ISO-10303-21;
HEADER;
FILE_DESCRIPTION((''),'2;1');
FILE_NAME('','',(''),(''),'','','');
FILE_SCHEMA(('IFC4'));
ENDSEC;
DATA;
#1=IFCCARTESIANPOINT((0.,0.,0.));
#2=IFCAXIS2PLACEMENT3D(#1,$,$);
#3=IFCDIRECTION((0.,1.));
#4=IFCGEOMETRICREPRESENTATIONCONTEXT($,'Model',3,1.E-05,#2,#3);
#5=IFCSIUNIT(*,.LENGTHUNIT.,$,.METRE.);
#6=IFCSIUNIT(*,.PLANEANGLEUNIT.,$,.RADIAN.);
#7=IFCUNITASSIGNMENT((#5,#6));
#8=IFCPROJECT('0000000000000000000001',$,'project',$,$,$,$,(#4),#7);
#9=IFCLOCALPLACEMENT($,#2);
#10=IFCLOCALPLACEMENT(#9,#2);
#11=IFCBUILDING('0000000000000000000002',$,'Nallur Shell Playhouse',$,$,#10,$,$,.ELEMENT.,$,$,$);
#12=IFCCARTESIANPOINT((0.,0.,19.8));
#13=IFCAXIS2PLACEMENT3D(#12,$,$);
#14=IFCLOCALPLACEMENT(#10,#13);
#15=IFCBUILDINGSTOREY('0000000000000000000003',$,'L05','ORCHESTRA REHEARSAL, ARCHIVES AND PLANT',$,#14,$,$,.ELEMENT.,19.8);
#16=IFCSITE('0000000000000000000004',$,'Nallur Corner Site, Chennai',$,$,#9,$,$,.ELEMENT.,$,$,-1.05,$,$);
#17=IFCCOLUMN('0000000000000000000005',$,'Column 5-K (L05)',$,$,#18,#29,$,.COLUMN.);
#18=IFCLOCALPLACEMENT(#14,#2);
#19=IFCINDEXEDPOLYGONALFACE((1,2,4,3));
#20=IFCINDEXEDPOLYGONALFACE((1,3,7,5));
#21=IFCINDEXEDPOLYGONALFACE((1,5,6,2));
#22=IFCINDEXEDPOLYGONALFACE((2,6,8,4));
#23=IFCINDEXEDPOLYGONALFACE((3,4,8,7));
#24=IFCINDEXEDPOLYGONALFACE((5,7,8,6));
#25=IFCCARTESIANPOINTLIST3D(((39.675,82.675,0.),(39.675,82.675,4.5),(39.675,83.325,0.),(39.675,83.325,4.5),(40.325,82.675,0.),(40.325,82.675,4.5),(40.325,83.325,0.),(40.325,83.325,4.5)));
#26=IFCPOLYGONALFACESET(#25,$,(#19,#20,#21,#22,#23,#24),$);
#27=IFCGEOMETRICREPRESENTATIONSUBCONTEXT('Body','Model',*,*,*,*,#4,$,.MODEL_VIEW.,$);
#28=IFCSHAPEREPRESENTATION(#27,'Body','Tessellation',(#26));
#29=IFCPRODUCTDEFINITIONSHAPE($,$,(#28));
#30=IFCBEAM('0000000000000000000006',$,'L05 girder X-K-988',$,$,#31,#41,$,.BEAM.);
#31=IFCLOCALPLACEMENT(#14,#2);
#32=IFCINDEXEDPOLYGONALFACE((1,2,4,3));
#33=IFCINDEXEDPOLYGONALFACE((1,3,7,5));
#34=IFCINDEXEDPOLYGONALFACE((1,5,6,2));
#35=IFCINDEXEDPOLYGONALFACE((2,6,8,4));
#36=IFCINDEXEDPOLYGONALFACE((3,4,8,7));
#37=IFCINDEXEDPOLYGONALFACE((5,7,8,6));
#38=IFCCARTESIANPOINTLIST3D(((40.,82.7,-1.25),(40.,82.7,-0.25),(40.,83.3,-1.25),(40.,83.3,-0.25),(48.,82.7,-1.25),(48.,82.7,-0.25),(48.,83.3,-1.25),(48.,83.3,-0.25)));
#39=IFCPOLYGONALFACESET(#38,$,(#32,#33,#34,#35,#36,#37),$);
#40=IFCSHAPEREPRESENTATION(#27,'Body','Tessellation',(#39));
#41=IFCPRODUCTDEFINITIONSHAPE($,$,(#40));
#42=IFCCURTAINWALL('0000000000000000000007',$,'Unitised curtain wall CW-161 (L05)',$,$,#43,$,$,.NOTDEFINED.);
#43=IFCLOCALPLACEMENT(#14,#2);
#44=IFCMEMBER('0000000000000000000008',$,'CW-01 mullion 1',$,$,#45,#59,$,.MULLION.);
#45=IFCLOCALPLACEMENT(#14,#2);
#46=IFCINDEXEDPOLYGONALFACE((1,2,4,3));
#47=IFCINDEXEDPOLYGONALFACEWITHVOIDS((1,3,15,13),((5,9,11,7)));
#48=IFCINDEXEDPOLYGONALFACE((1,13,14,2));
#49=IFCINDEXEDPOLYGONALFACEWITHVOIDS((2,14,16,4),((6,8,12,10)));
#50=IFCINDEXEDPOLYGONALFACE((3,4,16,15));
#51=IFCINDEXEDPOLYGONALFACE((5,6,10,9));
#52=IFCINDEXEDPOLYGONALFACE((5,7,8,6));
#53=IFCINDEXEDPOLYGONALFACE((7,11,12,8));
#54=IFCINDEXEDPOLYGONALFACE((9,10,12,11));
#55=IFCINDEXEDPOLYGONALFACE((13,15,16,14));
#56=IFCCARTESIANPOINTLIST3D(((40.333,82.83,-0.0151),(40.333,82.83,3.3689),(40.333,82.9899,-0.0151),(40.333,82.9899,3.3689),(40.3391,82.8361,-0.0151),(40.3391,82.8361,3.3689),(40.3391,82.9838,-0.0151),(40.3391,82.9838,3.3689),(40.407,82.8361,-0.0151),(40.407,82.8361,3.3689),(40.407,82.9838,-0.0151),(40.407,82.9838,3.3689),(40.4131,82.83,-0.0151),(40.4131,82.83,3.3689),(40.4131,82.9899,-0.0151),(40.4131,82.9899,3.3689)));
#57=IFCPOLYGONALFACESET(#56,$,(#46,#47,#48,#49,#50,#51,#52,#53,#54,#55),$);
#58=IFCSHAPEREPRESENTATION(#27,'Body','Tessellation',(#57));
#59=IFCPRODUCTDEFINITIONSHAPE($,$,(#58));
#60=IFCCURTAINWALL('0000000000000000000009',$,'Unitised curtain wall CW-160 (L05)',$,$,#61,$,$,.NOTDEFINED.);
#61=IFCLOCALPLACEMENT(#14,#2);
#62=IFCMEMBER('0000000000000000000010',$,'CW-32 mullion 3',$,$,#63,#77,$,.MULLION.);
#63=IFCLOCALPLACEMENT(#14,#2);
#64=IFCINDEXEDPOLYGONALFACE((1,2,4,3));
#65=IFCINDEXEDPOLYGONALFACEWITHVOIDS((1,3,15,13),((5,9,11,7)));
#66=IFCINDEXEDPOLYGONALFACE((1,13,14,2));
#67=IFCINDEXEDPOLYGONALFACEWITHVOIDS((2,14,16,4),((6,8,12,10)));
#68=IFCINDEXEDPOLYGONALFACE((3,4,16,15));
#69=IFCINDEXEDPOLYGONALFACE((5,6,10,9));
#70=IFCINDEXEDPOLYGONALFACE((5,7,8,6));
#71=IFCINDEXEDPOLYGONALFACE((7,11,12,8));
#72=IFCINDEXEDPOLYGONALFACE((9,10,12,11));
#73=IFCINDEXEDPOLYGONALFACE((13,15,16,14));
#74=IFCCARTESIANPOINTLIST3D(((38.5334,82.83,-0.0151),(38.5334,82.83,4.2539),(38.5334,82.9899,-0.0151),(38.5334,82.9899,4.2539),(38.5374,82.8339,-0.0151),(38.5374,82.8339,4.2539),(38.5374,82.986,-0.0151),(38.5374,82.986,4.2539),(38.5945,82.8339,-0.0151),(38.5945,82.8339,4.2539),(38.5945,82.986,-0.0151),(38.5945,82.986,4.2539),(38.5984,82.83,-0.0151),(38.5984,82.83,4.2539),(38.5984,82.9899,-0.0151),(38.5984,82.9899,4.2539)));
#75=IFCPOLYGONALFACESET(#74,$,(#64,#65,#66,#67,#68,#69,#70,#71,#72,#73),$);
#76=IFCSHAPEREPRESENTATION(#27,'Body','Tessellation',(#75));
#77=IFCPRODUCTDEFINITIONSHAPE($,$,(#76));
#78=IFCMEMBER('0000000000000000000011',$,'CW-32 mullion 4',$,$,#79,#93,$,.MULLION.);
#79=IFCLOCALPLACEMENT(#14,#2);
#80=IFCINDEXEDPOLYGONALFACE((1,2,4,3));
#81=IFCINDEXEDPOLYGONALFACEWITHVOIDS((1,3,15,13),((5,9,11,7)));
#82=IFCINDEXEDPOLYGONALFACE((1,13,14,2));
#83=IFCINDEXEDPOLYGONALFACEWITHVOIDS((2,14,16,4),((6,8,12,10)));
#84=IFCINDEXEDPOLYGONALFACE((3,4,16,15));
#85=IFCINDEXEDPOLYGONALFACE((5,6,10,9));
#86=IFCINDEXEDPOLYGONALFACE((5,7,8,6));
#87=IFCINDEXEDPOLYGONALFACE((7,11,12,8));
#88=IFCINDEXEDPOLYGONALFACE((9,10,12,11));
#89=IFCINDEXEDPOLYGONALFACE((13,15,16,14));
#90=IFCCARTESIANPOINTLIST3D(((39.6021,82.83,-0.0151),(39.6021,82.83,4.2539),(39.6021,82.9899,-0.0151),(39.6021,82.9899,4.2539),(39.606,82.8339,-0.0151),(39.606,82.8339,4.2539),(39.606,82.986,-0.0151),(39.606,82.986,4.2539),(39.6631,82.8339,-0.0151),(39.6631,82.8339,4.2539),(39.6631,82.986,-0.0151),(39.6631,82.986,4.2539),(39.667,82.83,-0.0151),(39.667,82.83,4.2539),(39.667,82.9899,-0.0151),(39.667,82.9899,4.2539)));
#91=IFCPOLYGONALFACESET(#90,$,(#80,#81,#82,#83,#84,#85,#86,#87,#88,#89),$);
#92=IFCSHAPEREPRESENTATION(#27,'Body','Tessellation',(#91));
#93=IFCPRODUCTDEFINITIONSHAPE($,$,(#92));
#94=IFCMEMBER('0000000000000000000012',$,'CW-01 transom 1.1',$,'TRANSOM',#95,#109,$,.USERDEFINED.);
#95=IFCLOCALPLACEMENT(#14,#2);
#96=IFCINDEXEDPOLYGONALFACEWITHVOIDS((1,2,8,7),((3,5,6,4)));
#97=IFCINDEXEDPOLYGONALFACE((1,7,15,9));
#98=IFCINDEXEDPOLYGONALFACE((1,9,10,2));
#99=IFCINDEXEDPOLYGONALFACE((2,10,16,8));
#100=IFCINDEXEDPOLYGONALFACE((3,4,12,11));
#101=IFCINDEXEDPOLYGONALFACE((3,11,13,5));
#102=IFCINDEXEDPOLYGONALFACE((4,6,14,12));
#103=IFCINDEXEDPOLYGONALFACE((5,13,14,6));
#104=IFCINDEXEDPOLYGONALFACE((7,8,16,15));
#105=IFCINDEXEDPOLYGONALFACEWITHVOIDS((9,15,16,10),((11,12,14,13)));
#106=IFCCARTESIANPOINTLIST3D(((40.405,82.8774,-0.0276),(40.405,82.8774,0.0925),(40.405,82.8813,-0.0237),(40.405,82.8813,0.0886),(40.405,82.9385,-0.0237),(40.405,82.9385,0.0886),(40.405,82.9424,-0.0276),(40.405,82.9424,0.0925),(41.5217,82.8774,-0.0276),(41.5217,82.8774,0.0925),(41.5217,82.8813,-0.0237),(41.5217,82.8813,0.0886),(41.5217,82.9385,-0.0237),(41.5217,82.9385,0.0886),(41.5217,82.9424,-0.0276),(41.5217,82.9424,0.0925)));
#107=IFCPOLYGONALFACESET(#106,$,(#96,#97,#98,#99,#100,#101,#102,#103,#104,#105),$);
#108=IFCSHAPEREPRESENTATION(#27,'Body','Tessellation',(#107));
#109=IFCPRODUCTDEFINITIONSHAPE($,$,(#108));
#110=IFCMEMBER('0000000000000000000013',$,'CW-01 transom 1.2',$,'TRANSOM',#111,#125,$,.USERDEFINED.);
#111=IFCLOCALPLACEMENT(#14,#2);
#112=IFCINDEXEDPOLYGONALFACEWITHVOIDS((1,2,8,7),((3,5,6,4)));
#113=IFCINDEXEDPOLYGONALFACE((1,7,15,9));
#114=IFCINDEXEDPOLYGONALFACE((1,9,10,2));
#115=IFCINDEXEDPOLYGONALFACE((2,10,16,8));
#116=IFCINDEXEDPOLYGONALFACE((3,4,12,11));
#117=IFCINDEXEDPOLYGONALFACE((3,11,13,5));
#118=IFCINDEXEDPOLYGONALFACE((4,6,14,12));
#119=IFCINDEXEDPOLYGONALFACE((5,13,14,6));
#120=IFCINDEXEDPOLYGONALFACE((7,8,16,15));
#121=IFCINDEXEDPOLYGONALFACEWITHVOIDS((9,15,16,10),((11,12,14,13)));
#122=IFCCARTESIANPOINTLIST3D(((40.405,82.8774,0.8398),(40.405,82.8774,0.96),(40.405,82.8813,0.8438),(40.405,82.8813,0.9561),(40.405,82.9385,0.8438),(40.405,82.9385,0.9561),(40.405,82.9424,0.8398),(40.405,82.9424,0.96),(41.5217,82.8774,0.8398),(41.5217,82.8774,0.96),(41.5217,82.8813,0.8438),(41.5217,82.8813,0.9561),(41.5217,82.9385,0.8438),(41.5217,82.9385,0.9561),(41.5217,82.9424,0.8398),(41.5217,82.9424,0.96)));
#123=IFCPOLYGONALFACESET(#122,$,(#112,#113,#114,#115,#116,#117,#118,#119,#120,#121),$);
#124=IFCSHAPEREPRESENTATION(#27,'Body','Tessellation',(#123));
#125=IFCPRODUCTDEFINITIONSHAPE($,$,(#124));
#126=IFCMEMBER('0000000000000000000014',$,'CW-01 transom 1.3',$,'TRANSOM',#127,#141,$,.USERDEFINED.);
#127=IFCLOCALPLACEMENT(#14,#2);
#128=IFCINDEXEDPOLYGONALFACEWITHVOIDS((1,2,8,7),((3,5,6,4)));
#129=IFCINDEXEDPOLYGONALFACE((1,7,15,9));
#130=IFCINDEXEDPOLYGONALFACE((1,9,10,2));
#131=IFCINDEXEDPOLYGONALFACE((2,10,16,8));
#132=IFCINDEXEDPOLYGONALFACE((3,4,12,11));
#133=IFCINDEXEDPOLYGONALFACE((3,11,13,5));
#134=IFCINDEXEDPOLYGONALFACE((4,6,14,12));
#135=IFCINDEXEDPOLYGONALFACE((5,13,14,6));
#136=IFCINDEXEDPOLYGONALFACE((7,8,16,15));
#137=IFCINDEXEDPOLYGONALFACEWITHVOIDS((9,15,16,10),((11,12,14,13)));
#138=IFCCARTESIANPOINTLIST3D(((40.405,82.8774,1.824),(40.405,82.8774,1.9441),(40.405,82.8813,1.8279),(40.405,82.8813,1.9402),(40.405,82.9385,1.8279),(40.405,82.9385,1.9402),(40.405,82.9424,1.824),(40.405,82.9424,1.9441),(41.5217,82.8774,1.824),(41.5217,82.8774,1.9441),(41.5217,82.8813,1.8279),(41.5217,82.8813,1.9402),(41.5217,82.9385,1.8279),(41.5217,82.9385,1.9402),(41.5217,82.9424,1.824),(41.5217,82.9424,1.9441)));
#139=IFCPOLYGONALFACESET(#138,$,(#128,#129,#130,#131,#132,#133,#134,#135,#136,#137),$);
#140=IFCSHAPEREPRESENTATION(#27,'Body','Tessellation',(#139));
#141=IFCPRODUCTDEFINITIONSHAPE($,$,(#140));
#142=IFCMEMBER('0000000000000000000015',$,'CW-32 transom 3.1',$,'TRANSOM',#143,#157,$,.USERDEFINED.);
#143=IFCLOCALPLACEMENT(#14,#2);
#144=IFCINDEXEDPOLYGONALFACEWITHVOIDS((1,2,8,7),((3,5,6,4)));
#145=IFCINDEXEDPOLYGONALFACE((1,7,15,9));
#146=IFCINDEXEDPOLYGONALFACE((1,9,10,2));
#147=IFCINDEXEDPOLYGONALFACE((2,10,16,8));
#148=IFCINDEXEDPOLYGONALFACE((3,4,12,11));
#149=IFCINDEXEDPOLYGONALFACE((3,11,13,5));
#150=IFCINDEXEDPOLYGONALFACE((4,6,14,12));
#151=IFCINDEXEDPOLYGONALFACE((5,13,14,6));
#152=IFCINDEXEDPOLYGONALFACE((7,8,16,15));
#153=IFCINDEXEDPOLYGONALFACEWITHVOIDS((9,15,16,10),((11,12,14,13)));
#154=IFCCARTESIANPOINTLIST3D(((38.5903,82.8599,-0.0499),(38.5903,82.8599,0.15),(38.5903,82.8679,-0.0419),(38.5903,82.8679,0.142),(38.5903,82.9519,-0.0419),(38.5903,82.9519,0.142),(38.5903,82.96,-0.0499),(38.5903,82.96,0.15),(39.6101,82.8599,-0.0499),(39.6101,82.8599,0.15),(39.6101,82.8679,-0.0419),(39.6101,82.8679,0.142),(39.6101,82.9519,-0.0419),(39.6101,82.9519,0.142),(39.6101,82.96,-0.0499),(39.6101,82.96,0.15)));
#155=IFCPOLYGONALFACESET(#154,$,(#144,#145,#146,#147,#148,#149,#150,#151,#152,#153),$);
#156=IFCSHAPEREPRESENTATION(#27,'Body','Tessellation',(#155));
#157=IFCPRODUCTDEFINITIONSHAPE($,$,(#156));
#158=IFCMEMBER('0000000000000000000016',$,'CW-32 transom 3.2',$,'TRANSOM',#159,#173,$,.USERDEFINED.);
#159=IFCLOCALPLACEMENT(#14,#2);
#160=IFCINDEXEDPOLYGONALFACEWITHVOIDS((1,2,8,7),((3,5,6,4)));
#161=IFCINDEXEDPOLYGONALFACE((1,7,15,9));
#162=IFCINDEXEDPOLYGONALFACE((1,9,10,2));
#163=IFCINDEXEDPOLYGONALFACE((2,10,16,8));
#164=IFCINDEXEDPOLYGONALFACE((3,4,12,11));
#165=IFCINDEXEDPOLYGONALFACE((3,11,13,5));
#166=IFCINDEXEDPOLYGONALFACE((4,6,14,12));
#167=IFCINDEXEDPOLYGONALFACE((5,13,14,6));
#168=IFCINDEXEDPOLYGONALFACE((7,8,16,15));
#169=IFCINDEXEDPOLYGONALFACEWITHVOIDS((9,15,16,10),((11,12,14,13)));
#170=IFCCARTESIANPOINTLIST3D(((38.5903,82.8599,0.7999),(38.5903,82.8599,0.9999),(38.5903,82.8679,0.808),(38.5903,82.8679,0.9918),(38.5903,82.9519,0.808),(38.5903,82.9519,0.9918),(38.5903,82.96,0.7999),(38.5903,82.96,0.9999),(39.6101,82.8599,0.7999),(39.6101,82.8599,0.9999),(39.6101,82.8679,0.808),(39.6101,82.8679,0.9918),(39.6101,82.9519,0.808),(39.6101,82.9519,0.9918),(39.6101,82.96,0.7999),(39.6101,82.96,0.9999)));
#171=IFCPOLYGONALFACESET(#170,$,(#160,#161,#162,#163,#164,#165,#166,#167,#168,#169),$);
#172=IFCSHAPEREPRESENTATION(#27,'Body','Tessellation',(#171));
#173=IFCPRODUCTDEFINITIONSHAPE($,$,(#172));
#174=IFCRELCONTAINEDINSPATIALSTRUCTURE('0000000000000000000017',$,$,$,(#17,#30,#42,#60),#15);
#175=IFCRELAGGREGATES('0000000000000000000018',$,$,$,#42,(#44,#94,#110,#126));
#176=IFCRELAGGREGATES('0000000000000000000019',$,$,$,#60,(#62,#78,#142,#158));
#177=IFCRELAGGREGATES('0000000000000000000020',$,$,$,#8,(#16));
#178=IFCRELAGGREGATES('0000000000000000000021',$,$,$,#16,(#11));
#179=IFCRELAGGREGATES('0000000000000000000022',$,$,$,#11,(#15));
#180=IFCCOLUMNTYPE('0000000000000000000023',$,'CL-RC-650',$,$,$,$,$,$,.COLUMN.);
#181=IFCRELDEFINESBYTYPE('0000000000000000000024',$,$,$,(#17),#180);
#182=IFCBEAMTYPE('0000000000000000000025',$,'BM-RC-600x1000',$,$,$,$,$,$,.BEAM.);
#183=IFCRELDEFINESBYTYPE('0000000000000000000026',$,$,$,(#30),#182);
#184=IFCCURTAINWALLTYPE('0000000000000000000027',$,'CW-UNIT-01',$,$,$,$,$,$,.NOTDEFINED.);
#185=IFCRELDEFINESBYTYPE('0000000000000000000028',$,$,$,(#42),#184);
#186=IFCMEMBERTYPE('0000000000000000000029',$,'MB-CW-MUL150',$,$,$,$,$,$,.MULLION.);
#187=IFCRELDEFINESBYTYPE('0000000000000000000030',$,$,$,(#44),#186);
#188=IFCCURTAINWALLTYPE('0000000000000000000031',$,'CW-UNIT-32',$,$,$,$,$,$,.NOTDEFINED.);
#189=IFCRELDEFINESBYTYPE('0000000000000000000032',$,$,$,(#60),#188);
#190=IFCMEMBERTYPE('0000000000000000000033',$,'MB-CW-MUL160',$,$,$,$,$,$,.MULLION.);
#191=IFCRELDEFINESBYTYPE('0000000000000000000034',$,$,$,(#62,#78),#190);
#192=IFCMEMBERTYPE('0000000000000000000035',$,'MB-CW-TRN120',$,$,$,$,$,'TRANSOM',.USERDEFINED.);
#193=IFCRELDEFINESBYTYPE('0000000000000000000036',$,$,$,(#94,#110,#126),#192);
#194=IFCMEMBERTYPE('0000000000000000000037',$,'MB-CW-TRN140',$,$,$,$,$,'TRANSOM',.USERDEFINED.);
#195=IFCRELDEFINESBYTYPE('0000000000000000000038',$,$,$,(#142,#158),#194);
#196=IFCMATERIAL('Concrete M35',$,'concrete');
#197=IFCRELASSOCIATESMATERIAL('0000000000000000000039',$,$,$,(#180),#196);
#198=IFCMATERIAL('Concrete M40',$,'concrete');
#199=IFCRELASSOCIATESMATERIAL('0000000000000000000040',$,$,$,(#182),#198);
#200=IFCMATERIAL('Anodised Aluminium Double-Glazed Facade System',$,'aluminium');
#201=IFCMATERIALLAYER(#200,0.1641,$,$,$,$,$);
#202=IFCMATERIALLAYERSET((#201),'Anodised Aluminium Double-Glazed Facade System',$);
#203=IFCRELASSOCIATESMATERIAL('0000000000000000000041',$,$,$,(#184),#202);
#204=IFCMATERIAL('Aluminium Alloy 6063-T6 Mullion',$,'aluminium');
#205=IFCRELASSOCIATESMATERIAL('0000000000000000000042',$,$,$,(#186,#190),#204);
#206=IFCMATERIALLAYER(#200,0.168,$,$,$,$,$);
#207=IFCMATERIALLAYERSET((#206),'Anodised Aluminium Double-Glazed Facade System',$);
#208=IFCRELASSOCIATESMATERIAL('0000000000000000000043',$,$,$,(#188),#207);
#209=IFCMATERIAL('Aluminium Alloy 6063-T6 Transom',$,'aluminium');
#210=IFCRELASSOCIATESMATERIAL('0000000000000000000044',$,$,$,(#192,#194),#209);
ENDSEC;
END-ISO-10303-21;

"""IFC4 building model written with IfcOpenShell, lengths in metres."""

from ifc_helpers import new_model, si_unit, direction, frame, origin, origin_2d, place, context, subcontext, project, spatial, rectangle, hollow_rectangle, extrude, material, layer, layer_set, material_profile, profile_set, type_object, element, aggregate, save


model = new_model("IFC4")

# Units and contexts
model_context = context("Model", 3, precision=1e-05, world=origin(), true_north=direction((0.0, 1.0)))
body_context = subcontext(model_context, "Body", "Model", "MODEL_VIEW")
ifc_project = project(units=[si_unit("LENGTHUNIT", "METRE"), si_unit("PLANEANGLEUNIT", "RADIAN")], contexts=[model_context])

# Site, building, storey
site_placement = place(None, origin())
site = spatial("IfcSite", under=ifc_project, at=site_placement, Name="Nallur Corner Site, Chennai", CompositionType="ELEMENT", RefElevation=-1.05)
building_placement = place(site_placement, origin())
building = spatial("IfcBuilding", under=site, at=building_placement, Name="Nallur Shell Playhouse", CompositionType="ELEMENT")
storey_placement = place(building_placement, frame((0.0, 0.0, 19.8)))
storey = spatial("IfcBuildingStorey", under=building, at=storey_placement, Name="L05", Description="ORCHESTRA REHEARSAL, ARCHIVES AND PLANT", CompositionType="ELEMENT", Elevation=19.8)

# Column
ifc_material_1 = material(Name="Concrete M35", Category="concrete")
ifc_material_profile_1 = material_profile(ifc_material_1, rectangle(XDim=0.6499, YDim=0.6499, at=origin_2d()), Name="RC 650x650")
ifc_profile_set_1 = profile_set([ifc_material_profile_1], Name="Concrete M35")
column_type = type_object("IfcColumnType", Name="CL-RC-650", PredefinedType="COLUMN", material=ifc_profile_set_1)
column_placement = place(storey_placement, frame((40.0, 83.0, 0.0), z_axis=(0.0, 0.0, 1.0), x_axis=(1.0, 0.0, 0.0)))
element("IfcColumn", 1, at=column_placement, inside=storey, type_object=column_type, Name="Column 5-K (L05)", PredefinedType="COLUMN", context=body_context, shape_type="SweptSolid", body=[
    extrude(rectangle(XDim=0.6499, YDim=0.6499, at=origin_2d()), origin(), (0.0, 0.0, 1.0), 4.5),
])

# Beam
ifc_material_2 = material(Name="Concrete M40", Category="concrete")
ifc_material_profile_2 = material_profile(ifc_material_2, rectangle(XDim=0.6001, YDim=1.0, at=origin_2d()), Name="RC 600x1000")
ifc_profile_set_2 = profile_set([ifc_material_profile_2], Name="Concrete M40")
beam_type = type_object("IfcBeamType", Name="BM-RC-600x1000", PredefinedType="BEAM", material=ifc_profile_set_2)
beam_placement = place(storey_placement, frame((40.0, 83.0, -0.75), z_axis=(1.0, 0.0, 0.0), x_axis=(0.0, 1.0, 0.0)))
element("IfcBeam", 2, at=beam_placement, inside=storey, type_object=beam_type, Name="L05 girder X-K-988", PredefinedType="BEAM", context=body_context, shape_type="SweptSolid", body=[
    extrude(rectangle(XDim=0.6001, YDim=1.0, at=origin_2d()), origin(), (0.0, 0.0, 1.0), 8.0),
])

# Curtain wall, member
ifc_material_3 = material(Name="Anodised Aluminium Double-Glazed Facade System", Category="aluminium")
ifc_layer_1 = layer(ifc_material_3, 0.1641)
ifc_layer_set_1 = layer_set([ifc_layer_1], Name="Anodised Aluminium Double-Glazed Facade System")
curtain_wall_type_1 = type_object("IfcCurtainWallType", Name="CW-UNIT-01", PredefinedType="NOTDEFINED", material=ifc_layer_set_1)
curtain_wall_1_placement = place(storey_placement, origin())
curtain_wall_1 = element("IfcCurtainWall", 3, at=curtain_wall_1_placement, inside=storey, type_object=curtain_wall_type_1, Name="Unitised curtain wall CW-161 (L05)", PredefinedType="NOTDEFINED")
ifc_material_4 = material(Name="Aluminium Alloy 6063-T6 Mullion", Category="aluminium")
ifc_material_profile_3 = material_profile(ifc_material_4, hollow_rectangle(XDim=0.0801, YDim=0.1599, WallThickness=0.0061, at=origin_2d()), Name="RHS 160x80x6")
ifc_profile_set_3 = profile_set([ifc_material_profile_3], Name="Aluminium Alloy 6063-T6 Mullion")
member_type_1 = type_object("IfcMemberType", Name="MB-CW-MUL150", PredefinedType="MULLION", material=ifc_profile_set_3)
member_1_placement = place(storey_placement, frame((40.373, 82.9099, -0.0151), z_axis=(0.0, 0.0, 1.0), x_axis=(1.0, 0.0, 0.0)))
member_1 = element("IfcMember", 4, at=member_1_placement, type_object=member_type_1, Name="CW-01 mullion 1", PredefinedType="MULLION", context=body_context, shape_type="SweptSolid", body=[
    extrude(hollow_rectangle(XDim=0.0801, YDim=0.1599, WallThickness=0.0061, at=origin_2d()), origin(), (0.0, 0.0, 1.0), 3.384),
])

# Curtain wall, members
ifc_layer_2 = layer(ifc_material_3, 0.168)
ifc_layer_set_2 = layer_set([ifc_layer_2], Name="Anodised Aluminium Double-Glazed Facade System")
curtain_wall_type_2 = type_object("IfcCurtainWallType", Name="CW-UNIT-32", PredefinedType="NOTDEFINED", material=ifc_layer_set_2)
curtain_wall_2_placement = place(storey_placement, origin())
curtain_wall_2 = element("IfcCurtainWall", 5, at=curtain_wall_2_placement, inside=storey, type_object=curtain_wall_type_2, Name="Unitised curtain wall CW-160 (L05)", PredefinedType="NOTDEFINED")
ifc_material_profile_4 = material_profile(ifc_material_4, hollow_rectangle(XDim=0.0649, YDim=0.1599, WallThickness=0.0039, at=origin_2d()), Name="ALU 65x160x4")
ifc_profile_set_4 = profile_set([ifc_material_profile_4], Name="Aluminium Alloy 6063-T6 Mullion")
member_type_2 = type_object("IfcMemberType", Name="MB-CW-MUL160", PredefinedType="MULLION", material=ifc_profile_set_4)
member_2_placement = place(storey_placement, frame((38.5659, 82.9099, -0.0151), z_axis=(0.0, 0.0, 1.0), x_axis=(1.0, 0.0, 0.0)))
member_2 = element("IfcMember", 6, at=member_2_placement, type_object=member_type_2, Name="CW-32 mullion 3", PredefinedType="MULLION", context=body_context, shape_type="SweptSolid", body=[
    extrude(hollow_rectangle(XDim=0.0649, YDim=0.1599, WallThickness=0.0039, at=origin_2d()), origin(), (0.0, 0.0, 1.0), 4.269),
])
member_3_placement = place(storey_placement, frame((39.6345, 82.9099, -0.0151), z_axis=(0.0, 0.0, 1.0), x_axis=(1.0, 0.0, 0.0)))
member_3 = element("IfcMember", 7, at=member_3_placement, type_object=member_type_2, Name="CW-32 mullion 4", PredefinedType="MULLION", context=body_context, shape_type="SweptSolid", body=[
    extrude(hollow_rectangle(XDim=0.0649, YDim=0.1599, WallThickness=0.0039, at=origin_2d()), origin(), (0.0, 0.0, 1.0), 4.269),
])

# Members
ifc_material_5 = material(Name="Aluminium Alloy 6063-T6 Transom", Category="aluminium")
ifc_material_profile_5 = material_profile(ifc_material_5, hollow_rectangle(XDim=0.0649, YDim=0.1201, WallThickness=0.0039, at=origin_2d()), Name="ALU 65x120x4")
ifc_profile_set_5 = profile_set([ifc_material_profile_5], Name="Aluminium Alloy 6063-T6 Transom")
member_type_3 = type_object("IfcMemberType", Name="MB-CW-TRN120", ElementType="TRANSOM", PredefinedType="USERDEFINED", material=ifc_profile_set_5)
member_4_placement = place(storey_placement, frame((40.405, 82.9099, 0.0325), z_axis=(1.0, 0.0, 0.0), x_axis=(0.0, 1.0, 0.0)))
member_4 = element("IfcMember", 8, at=member_4_placement, type_object=member_type_3, Name="CW-01 transom 1.1", ObjectType="TRANSOM", PredefinedType="USERDEFINED", context=body_context, shape_type="SweptSolid", body=[
    extrude(hollow_rectangle(XDim=0.0649, YDim=0.1201, WallThickness=0.0039, at=origin_2d()), origin(), (0.0, 0.0, 1.0), 1.1167),
])
member_5_placement = place(storey_placement, frame((40.405, 82.9099, 0.8999), z_axis=(1.0, 0.0, 0.0), x_axis=(0.0, 1.0, 0.0)))
member_5 = element("IfcMember", 9, at=member_5_placement, type_object=member_type_3, Name="CW-01 transom 1.2", ObjectType="TRANSOM", PredefinedType="USERDEFINED", context=body_context, shape_type="SweptSolid", body=[
    extrude(hollow_rectangle(XDim=0.0649, YDim=0.1201, WallThickness=0.0039, at=origin_2d()), origin(), (0.0, 0.0, 1.0), 1.1167),
])
member_6_placement = place(storey_placement, frame((40.405, 82.9099, 1.884), z_axis=(1.0, 0.0, 0.0), x_axis=(0.0, 1.0, 0.0)))
member_6 = element("IfcMember", 10, at=member_6_placement, type_object=member_type_3, Name="CW-01 transom 1.3", ObjectType="TRANSOM", PredefinedType="USERDEFINED", context=body_context, shape_type="SweptSolid", body=[
    extrude(hollow_rectangle(XDim=0.0649, YDim=0.1201, WallThickness=0.0039, at=origin_2d()), origin(), (0.0, 0.0, 1.0), 1.1167),
])
aggregate(curtain_wall_1, [member_1, member_4, member_5, member_6])
ifc_material_profile_6 = material_profile(ifc_material_5, hollow_rectangle(XDim=0.1001, YDim=0.2, WallThickness=0.0081, at=origin_2d()), Name="RHS 200x100x8")
ifc_profile_set_6 = profile_set([ifc_material_profile_6], Name="Aluminium Alloy 6063-T6 Transom")
member_type_4 = type_object("IfcMemberType", Name="MB-CW-TRN140", ElementType="TRANSOM", PredefinedType="USERDEFINED", material=ifc_profile_set_6)
member_7_placement = place(storey_placement, frame((38.5903, 82.9099, 0.05), z_axis=(1.0, 0.0, 0.0), x_axis=(0.0, 1.0, 0.0)))
member_7 = element("IfcMember", 11, at=member_7_placement, type_object=member_type_4, Name="CW-32 transom 3.1", ObjectType="TRANSOM", PredefinedType="USERDEFINED", context=body_context, shape_type="SweptSolid", body=[
    extrude(hollow_rectangle(XDim=0.1001, YDim=0.2, WallThickness=0.0081, at=origin_2d()), origin(), (0.0, 0.0, 1.0), 1.0198),
])
member_8_placement = place(storey_placement, frame((38.5903, 82.9099, 0.8999), z_axis=(1.0, 0.0, 0.0), x_axis=(0.0, 1.0, 0.0)))
member_8 = element("IfcMember", 12, at=member_8_placement, type_object=member_type_4, Name="CW-32 transom 3.2", ObjectType="TRANSOM", PredefinedType="USERDEFINED", context=body_context, shape_type="SweptSolid", body=[
    extrude(hollow_rectangle(XDim=0.1001, YDim=0.2, WallThickness=0.0081, at=origin_2d()), origin(), (0.0, 0.0, 1.0), 1.0198),
])

aggregate(curtain_wall_2, [member_2, member_3, member_7, member_8])

save(model, "model.ifc")
